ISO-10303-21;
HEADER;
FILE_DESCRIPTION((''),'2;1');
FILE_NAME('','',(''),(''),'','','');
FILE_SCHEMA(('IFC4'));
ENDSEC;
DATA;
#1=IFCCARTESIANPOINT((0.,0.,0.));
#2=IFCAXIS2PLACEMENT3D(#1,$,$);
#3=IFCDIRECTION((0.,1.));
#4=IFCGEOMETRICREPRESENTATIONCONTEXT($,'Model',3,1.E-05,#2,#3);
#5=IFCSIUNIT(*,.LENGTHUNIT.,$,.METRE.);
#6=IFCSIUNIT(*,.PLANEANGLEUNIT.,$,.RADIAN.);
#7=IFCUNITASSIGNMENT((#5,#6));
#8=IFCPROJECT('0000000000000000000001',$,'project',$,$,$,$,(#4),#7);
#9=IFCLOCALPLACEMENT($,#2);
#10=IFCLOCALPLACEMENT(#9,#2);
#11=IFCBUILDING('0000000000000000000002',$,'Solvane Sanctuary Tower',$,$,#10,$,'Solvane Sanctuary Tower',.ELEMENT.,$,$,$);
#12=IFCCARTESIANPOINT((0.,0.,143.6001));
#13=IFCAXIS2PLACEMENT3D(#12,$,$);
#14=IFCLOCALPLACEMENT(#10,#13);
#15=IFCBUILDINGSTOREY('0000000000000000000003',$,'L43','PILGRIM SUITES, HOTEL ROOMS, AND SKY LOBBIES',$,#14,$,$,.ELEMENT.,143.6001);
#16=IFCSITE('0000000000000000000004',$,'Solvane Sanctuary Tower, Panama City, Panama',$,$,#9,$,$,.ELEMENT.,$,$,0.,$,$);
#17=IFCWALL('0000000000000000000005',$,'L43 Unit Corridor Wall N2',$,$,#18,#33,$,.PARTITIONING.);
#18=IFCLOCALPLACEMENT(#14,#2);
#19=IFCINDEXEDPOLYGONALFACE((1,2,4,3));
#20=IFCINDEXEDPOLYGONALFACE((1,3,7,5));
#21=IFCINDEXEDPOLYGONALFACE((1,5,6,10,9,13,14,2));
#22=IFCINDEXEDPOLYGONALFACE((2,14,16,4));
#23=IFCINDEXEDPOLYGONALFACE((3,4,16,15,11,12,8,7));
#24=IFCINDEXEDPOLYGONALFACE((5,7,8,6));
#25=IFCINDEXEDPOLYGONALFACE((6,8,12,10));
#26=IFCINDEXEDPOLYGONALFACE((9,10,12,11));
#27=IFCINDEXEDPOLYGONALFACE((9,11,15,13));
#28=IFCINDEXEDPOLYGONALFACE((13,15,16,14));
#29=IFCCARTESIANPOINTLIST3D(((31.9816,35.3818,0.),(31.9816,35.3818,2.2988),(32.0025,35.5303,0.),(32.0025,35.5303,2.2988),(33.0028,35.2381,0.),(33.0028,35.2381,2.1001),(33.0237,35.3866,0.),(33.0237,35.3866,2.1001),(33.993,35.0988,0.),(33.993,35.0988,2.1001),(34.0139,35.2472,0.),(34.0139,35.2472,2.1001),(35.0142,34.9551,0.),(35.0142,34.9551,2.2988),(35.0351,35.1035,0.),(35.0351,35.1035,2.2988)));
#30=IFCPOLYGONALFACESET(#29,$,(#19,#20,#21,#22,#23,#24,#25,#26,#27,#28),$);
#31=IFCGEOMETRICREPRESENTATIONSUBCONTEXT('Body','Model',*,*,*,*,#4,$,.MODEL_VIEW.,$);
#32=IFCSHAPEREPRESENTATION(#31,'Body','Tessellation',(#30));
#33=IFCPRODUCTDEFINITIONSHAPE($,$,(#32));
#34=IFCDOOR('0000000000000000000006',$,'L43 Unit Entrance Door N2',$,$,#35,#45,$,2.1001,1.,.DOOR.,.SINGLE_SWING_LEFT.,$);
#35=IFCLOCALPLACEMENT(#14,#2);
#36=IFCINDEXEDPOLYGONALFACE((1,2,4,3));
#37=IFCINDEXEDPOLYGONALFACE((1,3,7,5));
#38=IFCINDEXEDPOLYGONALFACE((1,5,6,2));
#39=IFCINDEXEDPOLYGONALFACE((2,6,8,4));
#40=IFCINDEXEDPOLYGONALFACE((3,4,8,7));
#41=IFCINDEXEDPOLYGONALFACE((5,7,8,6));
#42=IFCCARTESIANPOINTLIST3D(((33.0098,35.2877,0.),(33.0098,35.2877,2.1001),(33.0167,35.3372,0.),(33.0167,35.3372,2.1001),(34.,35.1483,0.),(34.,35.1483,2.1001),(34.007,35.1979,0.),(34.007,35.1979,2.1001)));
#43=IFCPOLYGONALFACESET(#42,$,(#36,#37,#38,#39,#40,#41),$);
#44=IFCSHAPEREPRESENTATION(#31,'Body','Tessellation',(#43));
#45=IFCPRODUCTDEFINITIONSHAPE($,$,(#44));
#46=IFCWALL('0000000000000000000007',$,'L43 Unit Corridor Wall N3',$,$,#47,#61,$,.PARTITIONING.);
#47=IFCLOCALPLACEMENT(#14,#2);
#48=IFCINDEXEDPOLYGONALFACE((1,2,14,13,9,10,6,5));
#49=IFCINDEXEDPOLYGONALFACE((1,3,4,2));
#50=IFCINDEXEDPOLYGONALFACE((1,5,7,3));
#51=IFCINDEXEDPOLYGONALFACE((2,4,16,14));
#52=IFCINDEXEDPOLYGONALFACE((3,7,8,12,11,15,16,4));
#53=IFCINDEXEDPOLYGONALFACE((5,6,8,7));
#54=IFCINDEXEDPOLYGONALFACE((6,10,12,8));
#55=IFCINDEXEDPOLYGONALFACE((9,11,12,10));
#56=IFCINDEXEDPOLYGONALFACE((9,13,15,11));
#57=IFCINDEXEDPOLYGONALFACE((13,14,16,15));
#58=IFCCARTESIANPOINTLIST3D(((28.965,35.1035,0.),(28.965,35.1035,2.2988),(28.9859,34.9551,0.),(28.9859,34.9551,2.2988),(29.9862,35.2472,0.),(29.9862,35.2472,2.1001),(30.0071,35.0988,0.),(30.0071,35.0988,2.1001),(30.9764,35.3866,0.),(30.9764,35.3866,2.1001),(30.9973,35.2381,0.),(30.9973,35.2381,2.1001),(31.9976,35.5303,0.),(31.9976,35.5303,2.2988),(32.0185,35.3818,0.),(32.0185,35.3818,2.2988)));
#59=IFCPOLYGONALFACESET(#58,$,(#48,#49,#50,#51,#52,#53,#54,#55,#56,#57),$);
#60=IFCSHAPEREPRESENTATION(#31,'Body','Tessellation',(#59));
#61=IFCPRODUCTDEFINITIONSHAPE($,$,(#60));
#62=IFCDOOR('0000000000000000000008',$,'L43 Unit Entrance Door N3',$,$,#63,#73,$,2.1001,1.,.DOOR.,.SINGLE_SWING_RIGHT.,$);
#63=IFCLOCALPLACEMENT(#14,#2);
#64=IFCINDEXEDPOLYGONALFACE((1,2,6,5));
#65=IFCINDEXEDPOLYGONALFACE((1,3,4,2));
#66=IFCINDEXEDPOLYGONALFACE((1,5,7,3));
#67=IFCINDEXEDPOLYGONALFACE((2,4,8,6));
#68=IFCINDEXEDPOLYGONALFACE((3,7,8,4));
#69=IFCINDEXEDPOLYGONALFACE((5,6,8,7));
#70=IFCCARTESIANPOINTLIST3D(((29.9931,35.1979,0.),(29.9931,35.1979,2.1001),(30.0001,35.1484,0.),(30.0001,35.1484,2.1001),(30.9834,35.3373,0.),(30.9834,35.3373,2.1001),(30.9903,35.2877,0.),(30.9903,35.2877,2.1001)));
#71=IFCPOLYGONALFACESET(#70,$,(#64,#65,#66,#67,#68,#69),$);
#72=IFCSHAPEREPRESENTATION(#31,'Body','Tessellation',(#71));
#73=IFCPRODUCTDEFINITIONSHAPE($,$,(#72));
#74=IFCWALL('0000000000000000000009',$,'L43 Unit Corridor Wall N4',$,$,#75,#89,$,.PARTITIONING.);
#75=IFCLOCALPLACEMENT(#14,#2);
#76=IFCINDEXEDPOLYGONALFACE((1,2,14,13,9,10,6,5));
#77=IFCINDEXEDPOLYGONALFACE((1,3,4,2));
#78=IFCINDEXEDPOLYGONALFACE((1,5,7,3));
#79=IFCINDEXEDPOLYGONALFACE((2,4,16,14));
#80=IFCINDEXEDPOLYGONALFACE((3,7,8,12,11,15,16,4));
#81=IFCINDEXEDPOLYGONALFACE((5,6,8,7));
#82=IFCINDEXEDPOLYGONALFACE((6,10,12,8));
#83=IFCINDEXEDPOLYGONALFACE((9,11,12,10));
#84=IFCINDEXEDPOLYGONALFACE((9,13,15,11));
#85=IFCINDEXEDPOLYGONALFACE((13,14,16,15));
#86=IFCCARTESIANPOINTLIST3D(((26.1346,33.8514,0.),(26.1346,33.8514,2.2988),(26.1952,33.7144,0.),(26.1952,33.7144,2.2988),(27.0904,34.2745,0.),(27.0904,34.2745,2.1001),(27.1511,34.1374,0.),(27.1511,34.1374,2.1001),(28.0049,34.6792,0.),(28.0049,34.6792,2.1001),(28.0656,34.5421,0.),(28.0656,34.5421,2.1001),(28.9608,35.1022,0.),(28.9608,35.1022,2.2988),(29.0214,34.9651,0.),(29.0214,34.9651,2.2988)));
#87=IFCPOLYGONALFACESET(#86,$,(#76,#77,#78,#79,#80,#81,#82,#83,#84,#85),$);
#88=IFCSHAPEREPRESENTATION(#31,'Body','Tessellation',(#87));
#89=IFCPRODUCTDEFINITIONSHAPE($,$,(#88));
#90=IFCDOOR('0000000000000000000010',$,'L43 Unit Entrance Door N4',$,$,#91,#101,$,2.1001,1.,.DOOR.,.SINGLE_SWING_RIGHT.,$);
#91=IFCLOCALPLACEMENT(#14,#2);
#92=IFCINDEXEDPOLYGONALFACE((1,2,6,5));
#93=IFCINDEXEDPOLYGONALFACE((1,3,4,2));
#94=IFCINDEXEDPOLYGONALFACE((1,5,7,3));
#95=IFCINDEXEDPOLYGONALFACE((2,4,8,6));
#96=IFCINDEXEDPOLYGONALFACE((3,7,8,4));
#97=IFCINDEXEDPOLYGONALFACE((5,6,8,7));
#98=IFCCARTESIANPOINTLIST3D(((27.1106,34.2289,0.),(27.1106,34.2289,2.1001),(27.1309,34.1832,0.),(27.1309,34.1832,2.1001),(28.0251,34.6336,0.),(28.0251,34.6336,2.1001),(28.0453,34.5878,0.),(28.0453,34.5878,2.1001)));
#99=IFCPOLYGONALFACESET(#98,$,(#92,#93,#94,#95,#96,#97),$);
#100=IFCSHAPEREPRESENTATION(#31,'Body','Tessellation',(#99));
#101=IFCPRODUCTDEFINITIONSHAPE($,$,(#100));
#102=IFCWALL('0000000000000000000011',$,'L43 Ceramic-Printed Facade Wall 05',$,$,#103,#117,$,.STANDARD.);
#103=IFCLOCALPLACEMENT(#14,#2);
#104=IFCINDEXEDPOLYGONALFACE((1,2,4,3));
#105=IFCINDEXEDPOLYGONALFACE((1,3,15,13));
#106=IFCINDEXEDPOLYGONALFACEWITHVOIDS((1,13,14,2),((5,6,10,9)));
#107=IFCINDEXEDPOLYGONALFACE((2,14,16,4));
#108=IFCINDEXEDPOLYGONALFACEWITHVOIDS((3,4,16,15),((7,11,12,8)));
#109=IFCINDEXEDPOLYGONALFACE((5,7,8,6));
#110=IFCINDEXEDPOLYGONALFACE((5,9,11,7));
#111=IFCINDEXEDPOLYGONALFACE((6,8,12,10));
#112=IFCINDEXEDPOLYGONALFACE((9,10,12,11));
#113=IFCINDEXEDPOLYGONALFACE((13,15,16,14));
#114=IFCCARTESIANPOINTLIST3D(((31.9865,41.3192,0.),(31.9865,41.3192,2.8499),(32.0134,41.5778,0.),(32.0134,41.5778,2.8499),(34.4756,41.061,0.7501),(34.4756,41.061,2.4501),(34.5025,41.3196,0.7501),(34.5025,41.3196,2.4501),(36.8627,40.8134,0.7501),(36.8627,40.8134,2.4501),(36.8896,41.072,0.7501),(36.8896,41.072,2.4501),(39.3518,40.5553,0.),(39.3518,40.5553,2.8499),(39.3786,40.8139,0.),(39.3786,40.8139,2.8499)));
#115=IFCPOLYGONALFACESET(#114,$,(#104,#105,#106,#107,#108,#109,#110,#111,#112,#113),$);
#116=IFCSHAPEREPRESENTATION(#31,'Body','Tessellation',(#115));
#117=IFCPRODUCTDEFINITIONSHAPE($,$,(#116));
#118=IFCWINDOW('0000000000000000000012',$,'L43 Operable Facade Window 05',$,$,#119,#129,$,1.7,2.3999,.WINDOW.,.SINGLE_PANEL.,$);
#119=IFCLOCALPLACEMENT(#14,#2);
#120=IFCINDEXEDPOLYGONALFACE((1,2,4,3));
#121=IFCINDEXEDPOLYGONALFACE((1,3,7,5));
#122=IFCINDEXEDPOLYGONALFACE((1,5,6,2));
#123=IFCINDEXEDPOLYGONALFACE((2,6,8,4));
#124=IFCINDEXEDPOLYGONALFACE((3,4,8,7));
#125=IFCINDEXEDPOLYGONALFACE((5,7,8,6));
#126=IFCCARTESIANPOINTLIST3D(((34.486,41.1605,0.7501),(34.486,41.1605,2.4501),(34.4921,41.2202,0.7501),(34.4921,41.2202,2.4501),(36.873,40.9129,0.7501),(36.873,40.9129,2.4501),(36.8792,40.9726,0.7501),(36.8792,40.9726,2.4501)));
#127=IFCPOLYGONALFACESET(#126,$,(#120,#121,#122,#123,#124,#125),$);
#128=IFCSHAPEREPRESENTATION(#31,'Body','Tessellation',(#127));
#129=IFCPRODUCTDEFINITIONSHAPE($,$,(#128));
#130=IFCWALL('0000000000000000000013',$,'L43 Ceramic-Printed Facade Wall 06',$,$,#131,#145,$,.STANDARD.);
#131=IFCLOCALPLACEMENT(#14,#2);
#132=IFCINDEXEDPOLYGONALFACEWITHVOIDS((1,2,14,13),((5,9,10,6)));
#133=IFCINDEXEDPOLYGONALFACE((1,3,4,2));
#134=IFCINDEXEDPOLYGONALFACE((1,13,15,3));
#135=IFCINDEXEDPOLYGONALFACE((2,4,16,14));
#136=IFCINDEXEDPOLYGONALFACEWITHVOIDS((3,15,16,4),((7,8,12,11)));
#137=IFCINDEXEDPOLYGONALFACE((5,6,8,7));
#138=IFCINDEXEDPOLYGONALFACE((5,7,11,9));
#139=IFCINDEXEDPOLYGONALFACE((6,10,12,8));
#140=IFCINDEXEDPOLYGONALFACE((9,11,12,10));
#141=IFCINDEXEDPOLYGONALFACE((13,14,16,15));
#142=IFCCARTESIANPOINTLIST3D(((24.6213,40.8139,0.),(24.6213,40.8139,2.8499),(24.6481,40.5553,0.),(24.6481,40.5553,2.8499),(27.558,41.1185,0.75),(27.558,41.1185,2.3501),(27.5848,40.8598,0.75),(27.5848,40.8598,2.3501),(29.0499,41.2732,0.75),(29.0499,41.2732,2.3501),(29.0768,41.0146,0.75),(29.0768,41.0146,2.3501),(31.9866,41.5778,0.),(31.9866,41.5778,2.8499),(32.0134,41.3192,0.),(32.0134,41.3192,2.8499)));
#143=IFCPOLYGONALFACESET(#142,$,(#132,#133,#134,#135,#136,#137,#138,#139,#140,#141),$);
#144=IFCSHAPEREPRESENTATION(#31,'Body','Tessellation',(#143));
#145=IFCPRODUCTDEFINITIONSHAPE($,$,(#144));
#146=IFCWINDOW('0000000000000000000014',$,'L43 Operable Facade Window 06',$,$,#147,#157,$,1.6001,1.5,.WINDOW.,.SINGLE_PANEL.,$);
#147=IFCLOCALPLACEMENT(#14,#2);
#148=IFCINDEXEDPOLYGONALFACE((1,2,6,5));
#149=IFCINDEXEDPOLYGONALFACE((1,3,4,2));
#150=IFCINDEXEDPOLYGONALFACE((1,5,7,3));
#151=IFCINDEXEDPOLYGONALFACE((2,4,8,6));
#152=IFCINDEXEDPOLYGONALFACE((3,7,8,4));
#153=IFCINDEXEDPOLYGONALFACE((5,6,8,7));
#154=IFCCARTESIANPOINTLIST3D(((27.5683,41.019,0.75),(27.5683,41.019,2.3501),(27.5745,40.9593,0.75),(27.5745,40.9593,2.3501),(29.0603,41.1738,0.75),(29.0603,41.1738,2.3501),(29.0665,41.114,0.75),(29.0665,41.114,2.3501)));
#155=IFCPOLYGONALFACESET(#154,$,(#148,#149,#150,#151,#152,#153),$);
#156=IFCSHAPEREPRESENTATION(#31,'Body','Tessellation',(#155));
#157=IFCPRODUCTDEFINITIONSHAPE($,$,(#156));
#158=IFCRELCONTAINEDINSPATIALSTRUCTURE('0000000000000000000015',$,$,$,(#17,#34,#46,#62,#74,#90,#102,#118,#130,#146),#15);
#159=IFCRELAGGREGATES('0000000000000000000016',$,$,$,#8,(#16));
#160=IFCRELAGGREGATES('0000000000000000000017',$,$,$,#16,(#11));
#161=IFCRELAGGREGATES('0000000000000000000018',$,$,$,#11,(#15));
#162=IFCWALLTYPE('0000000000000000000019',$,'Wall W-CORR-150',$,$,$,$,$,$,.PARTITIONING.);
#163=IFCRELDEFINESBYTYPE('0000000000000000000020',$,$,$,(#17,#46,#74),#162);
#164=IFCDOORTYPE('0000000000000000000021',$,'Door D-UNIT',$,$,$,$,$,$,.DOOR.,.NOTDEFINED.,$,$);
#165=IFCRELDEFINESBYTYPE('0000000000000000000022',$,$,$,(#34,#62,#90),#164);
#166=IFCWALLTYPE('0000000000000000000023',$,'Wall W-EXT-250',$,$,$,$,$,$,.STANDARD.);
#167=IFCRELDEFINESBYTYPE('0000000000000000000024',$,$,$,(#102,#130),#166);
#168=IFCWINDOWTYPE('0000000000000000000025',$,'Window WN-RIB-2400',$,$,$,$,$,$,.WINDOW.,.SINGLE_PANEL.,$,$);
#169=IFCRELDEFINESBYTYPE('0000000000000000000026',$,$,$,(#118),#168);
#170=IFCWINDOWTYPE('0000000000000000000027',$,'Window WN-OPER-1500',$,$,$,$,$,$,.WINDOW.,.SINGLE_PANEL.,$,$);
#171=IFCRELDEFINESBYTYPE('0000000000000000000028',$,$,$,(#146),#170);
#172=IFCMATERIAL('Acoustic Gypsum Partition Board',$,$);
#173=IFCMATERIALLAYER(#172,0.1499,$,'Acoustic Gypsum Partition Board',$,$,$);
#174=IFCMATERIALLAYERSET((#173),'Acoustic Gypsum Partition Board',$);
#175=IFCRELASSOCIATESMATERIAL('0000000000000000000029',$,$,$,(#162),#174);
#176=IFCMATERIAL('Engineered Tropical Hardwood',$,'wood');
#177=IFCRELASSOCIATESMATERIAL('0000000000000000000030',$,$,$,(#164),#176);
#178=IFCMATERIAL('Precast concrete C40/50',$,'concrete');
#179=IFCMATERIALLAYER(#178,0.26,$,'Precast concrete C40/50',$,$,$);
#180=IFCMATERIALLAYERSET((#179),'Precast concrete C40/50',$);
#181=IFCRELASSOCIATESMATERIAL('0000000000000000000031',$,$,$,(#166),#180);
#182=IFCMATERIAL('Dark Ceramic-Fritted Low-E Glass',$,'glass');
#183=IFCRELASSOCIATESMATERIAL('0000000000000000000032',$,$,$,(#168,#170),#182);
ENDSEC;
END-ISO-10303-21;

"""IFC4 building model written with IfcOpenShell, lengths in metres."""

from ifc_helpers import new_model, si_unit, direction, frame, frame_2d, origin, place, context, subcontext, project, spatial, rectangle, extrude, material, layer, layer_set, type_object, element, fill, save


model = new_model("IFC4")

# Units and contexts
model_context = context("Model", 3, precision=1e-05, world=origin(), true_north=direction((0.0, 1.0)))
body_context = subcontext(model_context, "Body", "Model", "MODEL_VIEW")
ifc_project = project(units=[si_unit("LENGTHUNIT", "METRE"), si_unit("PLANEANGLEUNIT", "RADIAN")], contexts=[model_context])

# Site, building, storey
site_placement = place(None, origin())
site = spatial("IfcSite", under=ifc_project, at=site_placement, Name="Solvane Sanctuary Tower, Panama City, Panama", CompositionType="ELEMENT", RefElevation=0.0)
building_placement = place(site_placement, origin())
building = spatial("IfcBuilding", under=site, at=building_placement, Name="Solvane Sanctuary Tower", LongName="Solvane Sanctuary Tower", CompositionType="ELEMENT")
storey_placement = place(building_placement, frame((0.0, 0.0, 143.6001)))
storey = spatial("IfcBuildingStorey", under=building, at=storey_placement, Name="L43", Description="PILGRIM SUITES, HOTEL ROOMS, AND SKY LOBBIES", CompositionType="ELEMENT", Elevation=143.6001)

# Shared definitions
ifc_material_1 = material(Name="Acoustic Gypsum Partition Board")
ifc_layer_1 = layer(ifc_material_1, 0.1499, Name="Acoustic Gypsum Partition Board")
ifc_layer_set_1 = layer_set([ifc_layer_1], Name="Acoustic Gypsum Partition Board")
wall_type_1 = type_object("IfcWallType", Name="Wall W-CORR-150", PredefinedType="PARTITIONING", material=ifc_layer_set_1)

# Walls, openings, doors
ifc_material_2 = material(Name="Engineered Tropical Hardwood", Category="wood")
door_type_1 = type_object("IfcDoorType", Name="Door D-UNIT", OperationType="NOTDEFINED", PredefinedType="DOOR", material=ifc_material_2)
wall_1_placement = place(storey_placement, frame((35.0247, 35.0293, 0.0), z_axis=(0.0, 0.0, 1.0), x_axis=(-0.990244, 0.139345, 0.0)))
wall_1 = element("IfcWall", 1, at=wall_1_placement, inside=storey, type_object=wall_type_1, Name="L43 Unit Corridor Wall N2", PredefinedType="PARTITIONING", context=body_context, shape_type="SweptSolid", body=[
    extrude(rectangle(XDim=3.0625, YDim=0.1499, at=frame_2d((1.5312, 0.0))), origin(), (0.0, 0.0, 1.0), 2.2988),
])
opening_1_placement = place(wall_1_placement, frame((1.0312, 0.0, 0.0)))
opening_1 = element("IfcOpeningElement", 2, at=opening_1_placement, cuts=wall_1, PredefinedType="OPENING", context=body_context, shape_type="SweptSolid", body=[
    extrude(rectangle(XDim=1.0, YDim=2.1001, at=frame_2d((0.5, 1.05))), frame((0.0, 0.085, 0.0), z_axis=(0.0, -1.0, 0.0), x_axis=(1.0, 0.0, 0.0)), (0.0, 0.0, 1.0), 0.1699),
])
door_1_placement = place(opening_1_placement, origin())
door_1 = element("IfcDoor", 3, at=door_1_placement, inside=storey, type_object=door_type_1, Name="L43 Unit Entrance Door N2", OperationType="SINGLE_SWING_LEFT", OverallHeight=2.1001, OverallWidth=1.0, PredefinedType="DOOR", context=body_context, shape_type="SweptSolid", body=[
    extrude(rectangle(XDim=1.0, YDim=2.1001, at=frame_2d((0.5, 1.05))), frame((0.0, 0.0249, 0.0), z_axis=(0.0, -1.0, 0.0), x_axis=(1.0, 0.0, 0.0)), (0.0, 0.0, 1.0), 0.05),
])
fill(opening_1, door_1)
wall_2_placement = place(storey_placement, frame((32.0081, 35.4561, 0.0), z_axis=(0.0, 0.0, 1.0), x_axis=(-0.990244, -0.139345, 0.0)))
wall_2 = element("IfcWall", 4, at=wall_2_placement, inside=storey, type_object=wall_type_1, Name="L43 Unit Corridor Wall N3", PredefinedType="PARTITIONING", context=body_context, shape_type="SweptSolid", body=[
    extrude(rectangle(XDim=3.0625, YDim=0.1499, at=frame_2d((1.5312, 0.0))), origin(), (0.0, 0.0, 1.0), 2.2988),
])
opening_2_placement = place(wall_2_placement, frame((1.0312, 0.0, 0.0)))
opening_2 = element("IfcOpeningElement", 5, at=opening_2_placement, cuts=wall_2, PredefinedType="OPENING", context=body_context, shape_type="SweptSolid", body=[
    extrude(rectangle(XDim=1.0, YDim=2.1001, at=frame_2d((0.5, 1.05))), frame((0.0, 0.085, 0.0), z_axis=(0.0, -1.0, 0.0), x_axis=(1.0, 0.0, 0.0)), (0.0, 0.0, 1.0), 0.1699),
])
door_2_placement = place(opening_2_placement, origin())
door_2 = element("IfcDoor", 6, at=door_2_placement, inside=storey, type_object=door_type_1, Name="L43 Unit Entrance Door N3", OperationType="SINGLE_SWING_RIGHT", OverallHeight=2.1001, OverallWidth=1.0, PredefinedType="DOOR", context=body_context, shape_type="SweptSolid", body=[
    extrude(rectangle(XDim=1.0, YDim=2.1001, at=frame_2d((0.5, 1.05))), frame((0.0, 0.0249, 0.0), z_axis=(0.0, -1.0, 0.0), x_axis=(1.0, 0.0, 0.0)), (0.0, 0.0, 1.0), 0.05),
])
fill(opening_2, door_2)
wall_3_placement = place(storey_placement, frame((28.9912, 35.0337, 0.0), z_axis=(0.0, 0.0, 1.0), x_axis=(-0.914452, -0.404694, 0.0)))
wall_3 = element("IfcWall", 7, at=wall_3_placement, inside=storey, type_object=wall_type_1, Name="L43 Unit Corridor Wall N4", PredefinedType="PARTITIONING", context=body_context, shape_type="SweptSolid", body=[
    extrude(rectangle(XDim=3.0906, YDim=0.1499, at=frame_2d((1.5454, 0.0))), origin(), (0.0, 0.0, 1.0), 2.2988),
])
opening_3_placement = place(wall_3_placement, frame((1.0454, 0.0, 0.0)))
opening_3 = element("IfcOpeningElement", 8, at=opening_3_placement, cuts=wall_3, PredefinedType="OPENING", context=body_context, shape_type="SweptSolid", body=[
    extrude(rectangle(XDim=1.0, YDim=2.1001, at=frame_2d((0.5, 1.05))), frame((0.0, 0.085, 0.0), z_axis=(0.0, -1.0, 0.0), x_axis=(1.0, 0.0, 0.0)), (0.0, 0.0, 1.0), 0.1699),
])
door_3_placement = place(opening_3_placement, origin())
door_3 = element("IfcDoor", 9, at=door_3_placement, inside=storey, type_object=door_type_1, Name="L43 Unit Entrance Door N4", OperationType="SINGLE_SWING_RIGHT", OverallHeight=2.1001, OverallWidth=1.0, PredefinedType="DOOR", context=body_context, shape_type="SweptSolid", body=[
    extrude(rectangle(XDim=1.0, YDim=2.1001, at=frame_2d((0.5, 1.05))), frame((0.0, 0.0249, 0.0), z_axis=(0.0, -1.0, 0.0), x_axis=(1.0, 0.0, 0.0)), (0.0, 0.0, 1.0), 0.05),
])
fill(opening_3, door_3)

# Walls, openings, windows
ifc_material_3 = material(Name="Precast concrete C40/50", Category="concrete")
ifc_layer_2 = layer(ifc_material_3, 0.26, Name="Precast concrete C40/50")
ifc_layer_set_2 = layer_set([ifc_layer_2], Name="Precast concrete C40/50")
wall_type_2 = type_object("IfcWallType", Name="Wall W-EXT-250", PredefinedType="STANDARD", material=ifc_layer_set_2)
wall_4_placement = place(storey_placement, frame((39.3652, 40.6846, 0.0), z_axis=(0.0, 0.0, 1.0), x_axis=(-0.994664, 0.103166, 0.0)))
wall_4 = element("IfcWall", 10, at=wall_4_placement, inside=storey, type_object=wall_type_2, Name="L43 Ceramic-Printed Facade Wall 05", PredefinedType="STANDARD", context=body_context, shape_type="SweptSolid", body=[
    extrude(rectangle(XDim=7.4048, YDim=0.26, at=frame_2d((3.7024, 0.0))), origin(), (0.0, 0.0, 1.0), 2.8499),
])
opening_4_placement = place(wall_4_placement, frame((2.5024, 0.0, 0.75)))
opening_4 = element("IfcOpeningElement", 11, at=opening_4_placement, cuts=wall_4, PredefinedType="OPENING", context=body_context, shape_type="SweptSolid", body=[
    extrude(rectangle(XDim=2.3999, YDim=1.7, at=frame_2d((1.2, 0.8501))), frame((0.0, 0.1399, 0.0), z_axis=(0.0, -1.0, 0.0), x_axis=(1.0, 0.0, 0.0)), (0.0, 0.0, 1.0), 0.28),
])
ifc_material_4 = material(Name="Dark Ceramic-Fritted Low-E Glass", Category="glass")
window_type_1 = type_object("IfcWindowType", Name="Window WN-RIB-2400", PartitioningType="SINGLE_PANEL", PredefinedType="WINDOW", material=ifc_material_4)
window_1_placement = place(opening_4_placement, origin())
window_1 = element("IfcWindow", 12, at=window_1_placement, inside=storey, type_object=window_type_1, Name="L43 Operable Facade Window 05", OverallHeight=1.7, OverallWidth=2.3999, PartitioningType="SINGLE_PANEL", PredefinedType="WINDOW", context=body_context, shape_type="SweptSolid", body=[
    extrude(rectangle(XDim=2.3999, YDim=1.7, at=frame_2d((1.2, 0.8501))), frame((0.0, 0.03, 0.0), z_axis=(0.0, -1.0, 0.0), x_axis=(1.0, 0.0, 0.0)), (0.0, 0.0, 1.0), 0.0601),
])
fill(opening_4, window_1)
wall_5_placement = place(storey_placement, frame((32.0, 41.4485, 0.0), z_axis=(0.0, 0.0, 1.0), x_axis=(-0.994664, -0.103166, 0.0)))
wall_5 = element("IfcWall", 13, at=wall_5_placement, inside=storey, type_object=wall_type_2, Name="L43 Ceramic-Printed Facade Wall 06", PredefinedType="STANDARD", context=body_context, shape_type="SweptSolid", body=[
    extrude(rectangle(XDim=7.4048, YDim=0.26, at=frame_2d((3.7024, 0.0))), origin(), (0.0, 0.0, 1.0), 2.8499),
])
opening_5_placement = place(wall_5_placement, frame((2.9524, 0.0, 0.75)))
opening_5 = element("IfcOpeningElement", 14, at=opening_5_placement, cuts=wall_5, PredefinedType="OPENING", context=body_context, shape_type="SweptSolid", body=[
    extrude(rectangle(XDim=1.5, YDim=1.6001, at=frame_2d((0.75, 0.8))), frame((0.0, 0.1399, 0.0), z_axis=(0.0, -1.0, 0.0), x_axis=(1.0, 0.0, 0.0)), (0.0, 0.0, 1.0), 0.28),
])
window_type_2 = type_object("IfcWindowType", Name="Window WN-OPER-1500", PartitioningType="SINGLE_PANEL", PredefinedType="WINDOW", material=ifc_material_4)
window_2_placement = place(opening_5_placement, origin())
window_2 = element("IfcWindow", 15, at=window_2_placement, inside=storey, type_object=window_type_2, Name="L43 Operable Facade Window 06", OverallHeight=1.6001, OverallWidth=1.5, PartitioningType="SINGLE_PANEL", PredefinedType="WINDOW", context=body_context, shape_type="SweptSolid", body=[
    extrude(rectangle(XDim=1.5, YDim=1.6001, at=frame_2d((0.75, 0.8))), frame((0.0, 0.03, 0.0), z_axis=(0.0, -1.0, 0.0), x_axis=(1.0, 0.0, 0.0)), (0.0, 0.0, 1.0), 0.0601),
])
fill(opening_5, window_2)

save(model, "model.ifc")
